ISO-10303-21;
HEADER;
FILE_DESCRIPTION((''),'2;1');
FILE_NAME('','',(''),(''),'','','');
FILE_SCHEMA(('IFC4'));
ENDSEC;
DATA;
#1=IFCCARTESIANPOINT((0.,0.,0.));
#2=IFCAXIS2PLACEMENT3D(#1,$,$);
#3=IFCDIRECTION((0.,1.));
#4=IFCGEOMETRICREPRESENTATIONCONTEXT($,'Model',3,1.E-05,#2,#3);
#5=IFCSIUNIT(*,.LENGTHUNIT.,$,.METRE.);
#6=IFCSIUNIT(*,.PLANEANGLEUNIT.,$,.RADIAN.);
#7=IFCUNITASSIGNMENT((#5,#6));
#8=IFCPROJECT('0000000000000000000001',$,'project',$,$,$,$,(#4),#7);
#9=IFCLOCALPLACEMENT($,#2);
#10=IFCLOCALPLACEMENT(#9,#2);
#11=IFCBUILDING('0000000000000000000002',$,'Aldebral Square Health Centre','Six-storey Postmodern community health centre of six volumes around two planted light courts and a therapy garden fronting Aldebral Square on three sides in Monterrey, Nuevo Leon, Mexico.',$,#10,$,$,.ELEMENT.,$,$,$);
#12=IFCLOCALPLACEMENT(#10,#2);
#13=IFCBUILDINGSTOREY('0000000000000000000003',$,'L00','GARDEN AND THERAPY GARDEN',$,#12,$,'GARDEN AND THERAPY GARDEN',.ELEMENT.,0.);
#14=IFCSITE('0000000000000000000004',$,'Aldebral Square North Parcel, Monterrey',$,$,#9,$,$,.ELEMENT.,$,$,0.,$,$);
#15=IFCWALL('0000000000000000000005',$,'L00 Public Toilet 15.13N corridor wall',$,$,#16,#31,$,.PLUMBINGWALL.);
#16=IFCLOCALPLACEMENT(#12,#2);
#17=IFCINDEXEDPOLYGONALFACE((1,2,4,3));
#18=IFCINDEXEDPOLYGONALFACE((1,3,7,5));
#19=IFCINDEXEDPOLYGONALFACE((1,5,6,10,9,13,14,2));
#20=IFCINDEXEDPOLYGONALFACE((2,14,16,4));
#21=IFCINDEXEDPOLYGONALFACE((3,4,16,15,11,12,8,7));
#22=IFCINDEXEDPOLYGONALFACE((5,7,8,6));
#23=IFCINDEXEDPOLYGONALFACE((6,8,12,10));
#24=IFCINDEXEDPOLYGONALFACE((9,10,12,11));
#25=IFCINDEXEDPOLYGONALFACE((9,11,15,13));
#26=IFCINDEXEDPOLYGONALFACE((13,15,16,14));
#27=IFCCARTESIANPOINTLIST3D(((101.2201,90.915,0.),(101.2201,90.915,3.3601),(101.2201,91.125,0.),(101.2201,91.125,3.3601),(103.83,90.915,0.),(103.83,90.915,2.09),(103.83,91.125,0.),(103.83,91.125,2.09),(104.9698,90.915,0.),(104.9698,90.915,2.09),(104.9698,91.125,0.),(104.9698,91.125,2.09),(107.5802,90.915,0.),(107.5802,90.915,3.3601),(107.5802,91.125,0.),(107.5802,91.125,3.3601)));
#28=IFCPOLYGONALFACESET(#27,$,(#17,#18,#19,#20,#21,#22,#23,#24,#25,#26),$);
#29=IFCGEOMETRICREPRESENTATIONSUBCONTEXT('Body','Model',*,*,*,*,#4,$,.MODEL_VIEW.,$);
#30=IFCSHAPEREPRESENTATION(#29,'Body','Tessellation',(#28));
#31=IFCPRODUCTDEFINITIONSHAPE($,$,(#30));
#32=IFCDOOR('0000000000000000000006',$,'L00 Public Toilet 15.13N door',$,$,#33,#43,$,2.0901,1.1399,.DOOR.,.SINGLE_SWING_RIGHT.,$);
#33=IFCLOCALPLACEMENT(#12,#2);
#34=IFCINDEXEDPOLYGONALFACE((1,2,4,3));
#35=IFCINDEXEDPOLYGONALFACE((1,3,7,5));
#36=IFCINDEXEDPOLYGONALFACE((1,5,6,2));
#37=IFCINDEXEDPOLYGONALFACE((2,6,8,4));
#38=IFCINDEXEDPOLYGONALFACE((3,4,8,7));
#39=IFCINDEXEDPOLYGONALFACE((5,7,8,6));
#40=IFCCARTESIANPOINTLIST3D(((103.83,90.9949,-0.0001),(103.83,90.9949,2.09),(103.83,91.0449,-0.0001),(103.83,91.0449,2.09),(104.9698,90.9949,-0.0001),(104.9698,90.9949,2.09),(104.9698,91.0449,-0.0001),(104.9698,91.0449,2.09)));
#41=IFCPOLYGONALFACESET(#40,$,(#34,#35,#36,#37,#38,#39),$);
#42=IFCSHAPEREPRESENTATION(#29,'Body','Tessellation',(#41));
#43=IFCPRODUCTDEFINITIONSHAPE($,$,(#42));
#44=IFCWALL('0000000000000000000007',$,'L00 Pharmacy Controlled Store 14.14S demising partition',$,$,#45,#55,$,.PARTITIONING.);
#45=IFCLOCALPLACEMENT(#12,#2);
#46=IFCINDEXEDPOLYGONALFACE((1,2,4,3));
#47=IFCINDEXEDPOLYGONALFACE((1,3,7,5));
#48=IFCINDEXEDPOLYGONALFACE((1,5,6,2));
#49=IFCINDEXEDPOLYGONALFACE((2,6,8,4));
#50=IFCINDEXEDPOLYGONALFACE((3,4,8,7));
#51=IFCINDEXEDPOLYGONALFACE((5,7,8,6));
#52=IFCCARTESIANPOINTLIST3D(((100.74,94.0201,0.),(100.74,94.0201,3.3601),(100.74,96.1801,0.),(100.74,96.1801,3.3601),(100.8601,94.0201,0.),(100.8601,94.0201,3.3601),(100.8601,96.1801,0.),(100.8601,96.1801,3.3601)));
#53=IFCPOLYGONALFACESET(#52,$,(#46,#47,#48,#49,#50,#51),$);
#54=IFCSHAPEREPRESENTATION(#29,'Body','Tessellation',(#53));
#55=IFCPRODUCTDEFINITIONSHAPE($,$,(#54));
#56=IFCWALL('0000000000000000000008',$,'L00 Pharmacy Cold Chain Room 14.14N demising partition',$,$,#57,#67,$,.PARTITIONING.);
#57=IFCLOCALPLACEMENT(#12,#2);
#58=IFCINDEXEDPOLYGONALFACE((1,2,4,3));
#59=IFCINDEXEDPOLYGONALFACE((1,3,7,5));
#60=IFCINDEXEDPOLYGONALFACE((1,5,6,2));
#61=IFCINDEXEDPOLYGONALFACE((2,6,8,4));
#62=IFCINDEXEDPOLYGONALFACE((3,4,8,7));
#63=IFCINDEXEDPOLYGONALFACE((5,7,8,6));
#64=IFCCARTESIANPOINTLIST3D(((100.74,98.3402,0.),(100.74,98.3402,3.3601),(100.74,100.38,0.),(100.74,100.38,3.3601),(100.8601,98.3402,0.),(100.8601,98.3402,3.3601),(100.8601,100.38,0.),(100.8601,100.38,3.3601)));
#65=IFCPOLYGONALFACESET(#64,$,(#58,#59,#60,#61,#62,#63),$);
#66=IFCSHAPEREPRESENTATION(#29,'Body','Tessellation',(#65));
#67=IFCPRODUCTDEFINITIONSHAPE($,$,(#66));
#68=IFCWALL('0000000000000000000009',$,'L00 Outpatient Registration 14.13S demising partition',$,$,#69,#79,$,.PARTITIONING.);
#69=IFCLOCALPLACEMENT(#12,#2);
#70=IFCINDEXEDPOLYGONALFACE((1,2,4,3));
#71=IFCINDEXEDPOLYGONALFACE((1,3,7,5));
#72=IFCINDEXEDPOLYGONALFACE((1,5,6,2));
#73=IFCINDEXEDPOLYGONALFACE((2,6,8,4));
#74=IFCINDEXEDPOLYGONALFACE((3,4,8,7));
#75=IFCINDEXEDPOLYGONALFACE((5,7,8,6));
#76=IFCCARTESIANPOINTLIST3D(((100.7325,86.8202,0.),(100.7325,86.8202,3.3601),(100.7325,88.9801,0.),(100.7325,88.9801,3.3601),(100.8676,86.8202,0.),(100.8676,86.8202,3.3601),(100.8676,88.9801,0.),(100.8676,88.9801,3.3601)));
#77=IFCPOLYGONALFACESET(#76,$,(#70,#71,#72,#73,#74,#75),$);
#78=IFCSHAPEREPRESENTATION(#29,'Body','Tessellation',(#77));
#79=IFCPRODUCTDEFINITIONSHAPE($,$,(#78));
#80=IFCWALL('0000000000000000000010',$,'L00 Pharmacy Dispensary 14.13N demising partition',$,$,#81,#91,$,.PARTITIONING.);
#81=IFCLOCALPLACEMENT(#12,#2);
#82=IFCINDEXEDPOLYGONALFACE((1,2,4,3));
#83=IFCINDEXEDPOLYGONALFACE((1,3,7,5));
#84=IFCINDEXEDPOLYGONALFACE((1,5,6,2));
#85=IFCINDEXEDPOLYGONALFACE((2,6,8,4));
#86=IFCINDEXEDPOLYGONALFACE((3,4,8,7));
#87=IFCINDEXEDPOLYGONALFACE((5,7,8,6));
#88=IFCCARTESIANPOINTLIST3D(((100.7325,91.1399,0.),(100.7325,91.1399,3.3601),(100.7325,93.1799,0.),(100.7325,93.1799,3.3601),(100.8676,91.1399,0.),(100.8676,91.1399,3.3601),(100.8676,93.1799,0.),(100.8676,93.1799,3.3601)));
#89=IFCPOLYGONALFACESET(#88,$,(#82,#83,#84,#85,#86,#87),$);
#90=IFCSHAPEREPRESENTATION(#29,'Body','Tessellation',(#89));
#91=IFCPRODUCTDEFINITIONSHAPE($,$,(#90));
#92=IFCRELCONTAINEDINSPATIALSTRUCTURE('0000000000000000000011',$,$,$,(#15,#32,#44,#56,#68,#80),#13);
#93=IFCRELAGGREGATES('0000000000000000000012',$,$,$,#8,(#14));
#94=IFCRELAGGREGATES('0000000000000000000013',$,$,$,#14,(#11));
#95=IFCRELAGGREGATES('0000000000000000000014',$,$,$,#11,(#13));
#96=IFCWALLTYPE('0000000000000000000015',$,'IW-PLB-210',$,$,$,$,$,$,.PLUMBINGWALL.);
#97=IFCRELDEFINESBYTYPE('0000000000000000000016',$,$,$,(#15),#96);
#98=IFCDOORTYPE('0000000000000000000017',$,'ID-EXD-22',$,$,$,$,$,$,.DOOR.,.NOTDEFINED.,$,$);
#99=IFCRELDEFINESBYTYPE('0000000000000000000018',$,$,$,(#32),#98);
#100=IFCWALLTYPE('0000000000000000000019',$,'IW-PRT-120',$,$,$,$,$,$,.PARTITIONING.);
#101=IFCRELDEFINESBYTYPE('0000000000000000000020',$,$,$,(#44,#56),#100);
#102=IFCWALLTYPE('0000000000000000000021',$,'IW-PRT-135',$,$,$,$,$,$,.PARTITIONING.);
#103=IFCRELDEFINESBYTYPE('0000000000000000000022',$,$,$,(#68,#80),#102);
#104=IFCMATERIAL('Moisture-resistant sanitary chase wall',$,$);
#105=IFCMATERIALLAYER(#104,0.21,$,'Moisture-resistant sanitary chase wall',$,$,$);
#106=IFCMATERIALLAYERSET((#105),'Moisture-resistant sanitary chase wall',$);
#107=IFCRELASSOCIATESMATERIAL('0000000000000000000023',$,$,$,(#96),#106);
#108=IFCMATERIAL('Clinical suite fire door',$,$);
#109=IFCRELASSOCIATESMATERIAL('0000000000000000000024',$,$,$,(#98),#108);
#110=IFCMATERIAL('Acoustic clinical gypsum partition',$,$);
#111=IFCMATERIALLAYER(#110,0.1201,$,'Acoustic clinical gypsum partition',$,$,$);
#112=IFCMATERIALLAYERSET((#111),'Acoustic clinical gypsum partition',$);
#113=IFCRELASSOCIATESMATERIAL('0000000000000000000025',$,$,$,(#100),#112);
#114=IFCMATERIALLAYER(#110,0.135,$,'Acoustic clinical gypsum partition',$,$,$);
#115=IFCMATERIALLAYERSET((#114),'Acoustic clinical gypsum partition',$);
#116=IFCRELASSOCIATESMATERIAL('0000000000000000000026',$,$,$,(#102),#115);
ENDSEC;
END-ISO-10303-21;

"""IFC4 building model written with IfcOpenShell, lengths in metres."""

from ifc_helpers import new_model, si_unit, direction, frame, frame_2d, origin, place, context, subcontext, project, spatial, rectangle, extrude, material, layer, layer_set, type_object, element, fill, save


model = new_model("IFC4")

# Units and contexts
model_context = context("Model", 3, precision=1e-05, world=origin(), true_north=direction((0.0, 1.0)))
body_context = subcontext(model_context, "Body", "Model", "MODEL_VIEW")
ifc_project = project(units=[si_unit("LENGTHUNIT", "METRE"), si_unit("PLANEANGLEUNIT", "RADIAN")], contexts=[model_context])

# Site, building, storey
site_placement = place(None, origin())
site = spatial("IfcSite", under=ifc_project, at=site_placement, Name="Aldebral Square North Parcel, Monterrey", CompositionType="ELEMENT", RefElevation=0.0)
building_placement = place(site_placement, origin())
building = spatial("IfcBuilding", under=site, at=building_placement, Name="Aldebral Square Health Centre", Description="Six-storey Postmodern community health centre of six volumes around two planted light courts and a therapy garden fronting Aldebral Square on three sides in Monterrey, Nuevo Leon, Mexico.", CompositionType="ELEMENT")
storey_placement = place(building_placement, origin())
storey = spatial("IfcBuildingStorey", under=building, at=storey_placement, Name="L00", Description="GARDEN AND THERAPY GARDEN", LongName="GARDEN AND THERAPY GARDEN", CompositionType="ELEMENT", Elevation=0.0)

# Wall, opening, door
ifc_material_1 = material(Name="Clinical suite fire door")
ifc_material_2 = material(Name="Moisture-resistant sanitary chase wall")
ifc_layer_1 = layer(ifc_material_2, 0.21, Name="Moisture-resistant sanitary chase wall")
ifc_layer_set_1 = layer_set([ifc_layer_1], Name="Moisture-resistant sanitary chase wall")
wall_type_1 = type_object("IfcWallType", Name="IW-PLB-210", PredefinedType="PLUMBINGWALL", material=ifc_layer_set_1)
wall_1_placement = place(storey_placement, frame((101.22, 91.02, 0.0), z_axis=(0.0, 0.0, 1.0), x_axis=(1.0, 0.0, 0.0)))
wall_1 = element("IfcWall", 1, at=wall_1_placement, inside=storey, type_object=wall_type_1, Name="L00 Public Toilet 15.13N corridor wall", PredefinedType="PLUMBINGWALL", context=body_context, shape_type="SweptSolid", body=[
    extrude(rectangle(XDim=6.3601, YDim=0.21, at=frame_2d((3.1802, 0.0))), origin(), (0.0, 0.0, 1.0), 3.3601),
])
opening_1_placement = place(wall_1_placement, frame((2.6101, 0.0, 0.0)))
opening_1 = element("IfcOpeningElement", 2, at=opening_1_placement, cuts=wall_1, PredefinedType="OPENING", context=body_context, shape_type="SweptSolid", body=[
    extrude(rectangle(XDim=1.1399, YDim=2.0901, at=frame_2d((0.5698, 1.0449))), frame((0.0, 0.115, 0.0), z_axis=(0.0, -1.0, 0.0), x_axis=(1.0, 0.0, 0.0)), (0.0, 0.0, 1.0), 0.23),
])
door_type_1 = type_object("IfcDoorType", Name="ID-EXD-22", OperationType="NOTDEFINED", PredefinedType="DOOR", material=ifc_material_1)
door_1_placement = place(opening_1_placement, origin())
door_1 = element("IfcDoor", 3, at=door_1_placement, inside=storey, type_object=door_type_1, Name="L00 Public Toilet 15.13N door", OperationType="SINGLE_SWING_RIGHT", OverallHeight=2.0901, OverallWidth=1.1399, PredefinedType="DOOR", context=body_context, shape_type="SweptSolid", body=[
    extrude(rectangle(XDim=1.1399, YDim=2.0901, at=frame_2d((0.5698, 1.0449))), frame((0.0, 0.0249, 0.0), z_axis=(0.0, -1.0, 0.0), x_axis=(1.0, 0.0, 0.0)), (0.0, 0.0, 1.0), 0.05),
])
fill(opening_1, door_1)

# Walls
ifc_material_3 = material(Name="Acoustic clinical gypsum partition")
ifc_layer_2 = layer(ifc_material_3, 0.1201, Name="Acoustic clinical gypsum partition")
ifc_layer_set_2 = layer_set([ifc_layer_2], Name="Acoustic clinical gypsum partition")
wall_type_2 = type_object("IfcWallType", Name="IW-PRT-120", PredefinedType="PARTITIONING", material=ifc_layer_set_2)
wall_2_placement = place(storey_placement, frame((100.8, 94.02, 0.0), z_axis=(0.0, 0.0, 1.0), x_axis=(0.0, 1.0, 0.0)))
element("IfcWall", 4, at=wall_2_placement, inside=storey, type_object=wall_type_2, Name="L00 Pharmacy Controlled Store 14.14S demising partition", PredefinedType="PARTITIONING", context=body_context, shape_type="SweptSolid", body=[
    extrude(rectangle(XDim=2.1599, YDim=0.1201, at=frame_2d((1.0801, 0.0))), origin(), (0.0, 0.0, 1.0), 3.3601),
])
wall_3_placement = place(storey_placement, frame((100.8, 98.3401, 0.0), z_axis=(0.0, 0.0, 1.0), x_axis=(0.0, 1.0, 0.0)))
element("IfcWall", 5, at=wall_3_placement, inside=storey, type_object=wall_type_2, Name="L00 Pharmacy Cold Chain Room 14.14N demising partition", PredefinedType="PARTITIONING", context=body_context, shape_type="SweptSolid", body=[
    extrude(rectangle(XDim=2.0398, YDim=0.1201, at=frame_2d((1.02, 0.0))), origin(), (0.0, 0.0, 1.0), 3.3601),
])
ifc_layer_3 = layer(ifc_material_3, 0.135, Name="Acoustic clinical gypsum partition")
ifc_layer_set_3 = layer_set([ifc_layer_3], Name="Acoustic clinical gypsum partition")
wall_type_3 = type_object("IfcWallType", Name="IW-PRT-135", PredefinedType="PARTITIONING", material=ifc_layer_set_3)
wall_4_placement = place(storey_placement, frame((100.8, 86.8201, 0.0), z_axis=(0.0, 0.0, 1.0), x_axis=(0.0, 1.0, 0.0)))
element("IfcWall", 6, at=wall_4_placement, inside=storey, type_object=wall_type_3, Name="L00 Outpatient Registration 14.13S demising partition", PredefinedType="PARTITIONING", context=body_context, shape_type="SweptSolid", body=[
    extrude(rectangle(XDim=2.1599, YDim=0.135, at=frame_2d((1.0801, 0.0))), origin(), (0.0, 0.0, 1.0), 3.3601),
])
wall_5_placement = place(storey_placement, frame((100.8, 91.1399, 0.0), z_axis=(0.0, 0.0, 1.0), x_axis=(0.0, 1.0, 0.0)))
element("IfcWall", 7, at=wall_5_placement, inside=storey, type_object=wall_type_3, Name="L00 Pharmacy Dispensary 14.13N demising partition", PredefinedType="PARTITIONING", context=body_context, shape_type="SweptSolid", body=[
    extrude(rectangle(XDim=2.04, YDim=0.135, at=frame_2d((1.02, 0.0))), origin(), (0.0, 0.0, 1.0), 3.3601),
])

save(model, "model.ifc")
